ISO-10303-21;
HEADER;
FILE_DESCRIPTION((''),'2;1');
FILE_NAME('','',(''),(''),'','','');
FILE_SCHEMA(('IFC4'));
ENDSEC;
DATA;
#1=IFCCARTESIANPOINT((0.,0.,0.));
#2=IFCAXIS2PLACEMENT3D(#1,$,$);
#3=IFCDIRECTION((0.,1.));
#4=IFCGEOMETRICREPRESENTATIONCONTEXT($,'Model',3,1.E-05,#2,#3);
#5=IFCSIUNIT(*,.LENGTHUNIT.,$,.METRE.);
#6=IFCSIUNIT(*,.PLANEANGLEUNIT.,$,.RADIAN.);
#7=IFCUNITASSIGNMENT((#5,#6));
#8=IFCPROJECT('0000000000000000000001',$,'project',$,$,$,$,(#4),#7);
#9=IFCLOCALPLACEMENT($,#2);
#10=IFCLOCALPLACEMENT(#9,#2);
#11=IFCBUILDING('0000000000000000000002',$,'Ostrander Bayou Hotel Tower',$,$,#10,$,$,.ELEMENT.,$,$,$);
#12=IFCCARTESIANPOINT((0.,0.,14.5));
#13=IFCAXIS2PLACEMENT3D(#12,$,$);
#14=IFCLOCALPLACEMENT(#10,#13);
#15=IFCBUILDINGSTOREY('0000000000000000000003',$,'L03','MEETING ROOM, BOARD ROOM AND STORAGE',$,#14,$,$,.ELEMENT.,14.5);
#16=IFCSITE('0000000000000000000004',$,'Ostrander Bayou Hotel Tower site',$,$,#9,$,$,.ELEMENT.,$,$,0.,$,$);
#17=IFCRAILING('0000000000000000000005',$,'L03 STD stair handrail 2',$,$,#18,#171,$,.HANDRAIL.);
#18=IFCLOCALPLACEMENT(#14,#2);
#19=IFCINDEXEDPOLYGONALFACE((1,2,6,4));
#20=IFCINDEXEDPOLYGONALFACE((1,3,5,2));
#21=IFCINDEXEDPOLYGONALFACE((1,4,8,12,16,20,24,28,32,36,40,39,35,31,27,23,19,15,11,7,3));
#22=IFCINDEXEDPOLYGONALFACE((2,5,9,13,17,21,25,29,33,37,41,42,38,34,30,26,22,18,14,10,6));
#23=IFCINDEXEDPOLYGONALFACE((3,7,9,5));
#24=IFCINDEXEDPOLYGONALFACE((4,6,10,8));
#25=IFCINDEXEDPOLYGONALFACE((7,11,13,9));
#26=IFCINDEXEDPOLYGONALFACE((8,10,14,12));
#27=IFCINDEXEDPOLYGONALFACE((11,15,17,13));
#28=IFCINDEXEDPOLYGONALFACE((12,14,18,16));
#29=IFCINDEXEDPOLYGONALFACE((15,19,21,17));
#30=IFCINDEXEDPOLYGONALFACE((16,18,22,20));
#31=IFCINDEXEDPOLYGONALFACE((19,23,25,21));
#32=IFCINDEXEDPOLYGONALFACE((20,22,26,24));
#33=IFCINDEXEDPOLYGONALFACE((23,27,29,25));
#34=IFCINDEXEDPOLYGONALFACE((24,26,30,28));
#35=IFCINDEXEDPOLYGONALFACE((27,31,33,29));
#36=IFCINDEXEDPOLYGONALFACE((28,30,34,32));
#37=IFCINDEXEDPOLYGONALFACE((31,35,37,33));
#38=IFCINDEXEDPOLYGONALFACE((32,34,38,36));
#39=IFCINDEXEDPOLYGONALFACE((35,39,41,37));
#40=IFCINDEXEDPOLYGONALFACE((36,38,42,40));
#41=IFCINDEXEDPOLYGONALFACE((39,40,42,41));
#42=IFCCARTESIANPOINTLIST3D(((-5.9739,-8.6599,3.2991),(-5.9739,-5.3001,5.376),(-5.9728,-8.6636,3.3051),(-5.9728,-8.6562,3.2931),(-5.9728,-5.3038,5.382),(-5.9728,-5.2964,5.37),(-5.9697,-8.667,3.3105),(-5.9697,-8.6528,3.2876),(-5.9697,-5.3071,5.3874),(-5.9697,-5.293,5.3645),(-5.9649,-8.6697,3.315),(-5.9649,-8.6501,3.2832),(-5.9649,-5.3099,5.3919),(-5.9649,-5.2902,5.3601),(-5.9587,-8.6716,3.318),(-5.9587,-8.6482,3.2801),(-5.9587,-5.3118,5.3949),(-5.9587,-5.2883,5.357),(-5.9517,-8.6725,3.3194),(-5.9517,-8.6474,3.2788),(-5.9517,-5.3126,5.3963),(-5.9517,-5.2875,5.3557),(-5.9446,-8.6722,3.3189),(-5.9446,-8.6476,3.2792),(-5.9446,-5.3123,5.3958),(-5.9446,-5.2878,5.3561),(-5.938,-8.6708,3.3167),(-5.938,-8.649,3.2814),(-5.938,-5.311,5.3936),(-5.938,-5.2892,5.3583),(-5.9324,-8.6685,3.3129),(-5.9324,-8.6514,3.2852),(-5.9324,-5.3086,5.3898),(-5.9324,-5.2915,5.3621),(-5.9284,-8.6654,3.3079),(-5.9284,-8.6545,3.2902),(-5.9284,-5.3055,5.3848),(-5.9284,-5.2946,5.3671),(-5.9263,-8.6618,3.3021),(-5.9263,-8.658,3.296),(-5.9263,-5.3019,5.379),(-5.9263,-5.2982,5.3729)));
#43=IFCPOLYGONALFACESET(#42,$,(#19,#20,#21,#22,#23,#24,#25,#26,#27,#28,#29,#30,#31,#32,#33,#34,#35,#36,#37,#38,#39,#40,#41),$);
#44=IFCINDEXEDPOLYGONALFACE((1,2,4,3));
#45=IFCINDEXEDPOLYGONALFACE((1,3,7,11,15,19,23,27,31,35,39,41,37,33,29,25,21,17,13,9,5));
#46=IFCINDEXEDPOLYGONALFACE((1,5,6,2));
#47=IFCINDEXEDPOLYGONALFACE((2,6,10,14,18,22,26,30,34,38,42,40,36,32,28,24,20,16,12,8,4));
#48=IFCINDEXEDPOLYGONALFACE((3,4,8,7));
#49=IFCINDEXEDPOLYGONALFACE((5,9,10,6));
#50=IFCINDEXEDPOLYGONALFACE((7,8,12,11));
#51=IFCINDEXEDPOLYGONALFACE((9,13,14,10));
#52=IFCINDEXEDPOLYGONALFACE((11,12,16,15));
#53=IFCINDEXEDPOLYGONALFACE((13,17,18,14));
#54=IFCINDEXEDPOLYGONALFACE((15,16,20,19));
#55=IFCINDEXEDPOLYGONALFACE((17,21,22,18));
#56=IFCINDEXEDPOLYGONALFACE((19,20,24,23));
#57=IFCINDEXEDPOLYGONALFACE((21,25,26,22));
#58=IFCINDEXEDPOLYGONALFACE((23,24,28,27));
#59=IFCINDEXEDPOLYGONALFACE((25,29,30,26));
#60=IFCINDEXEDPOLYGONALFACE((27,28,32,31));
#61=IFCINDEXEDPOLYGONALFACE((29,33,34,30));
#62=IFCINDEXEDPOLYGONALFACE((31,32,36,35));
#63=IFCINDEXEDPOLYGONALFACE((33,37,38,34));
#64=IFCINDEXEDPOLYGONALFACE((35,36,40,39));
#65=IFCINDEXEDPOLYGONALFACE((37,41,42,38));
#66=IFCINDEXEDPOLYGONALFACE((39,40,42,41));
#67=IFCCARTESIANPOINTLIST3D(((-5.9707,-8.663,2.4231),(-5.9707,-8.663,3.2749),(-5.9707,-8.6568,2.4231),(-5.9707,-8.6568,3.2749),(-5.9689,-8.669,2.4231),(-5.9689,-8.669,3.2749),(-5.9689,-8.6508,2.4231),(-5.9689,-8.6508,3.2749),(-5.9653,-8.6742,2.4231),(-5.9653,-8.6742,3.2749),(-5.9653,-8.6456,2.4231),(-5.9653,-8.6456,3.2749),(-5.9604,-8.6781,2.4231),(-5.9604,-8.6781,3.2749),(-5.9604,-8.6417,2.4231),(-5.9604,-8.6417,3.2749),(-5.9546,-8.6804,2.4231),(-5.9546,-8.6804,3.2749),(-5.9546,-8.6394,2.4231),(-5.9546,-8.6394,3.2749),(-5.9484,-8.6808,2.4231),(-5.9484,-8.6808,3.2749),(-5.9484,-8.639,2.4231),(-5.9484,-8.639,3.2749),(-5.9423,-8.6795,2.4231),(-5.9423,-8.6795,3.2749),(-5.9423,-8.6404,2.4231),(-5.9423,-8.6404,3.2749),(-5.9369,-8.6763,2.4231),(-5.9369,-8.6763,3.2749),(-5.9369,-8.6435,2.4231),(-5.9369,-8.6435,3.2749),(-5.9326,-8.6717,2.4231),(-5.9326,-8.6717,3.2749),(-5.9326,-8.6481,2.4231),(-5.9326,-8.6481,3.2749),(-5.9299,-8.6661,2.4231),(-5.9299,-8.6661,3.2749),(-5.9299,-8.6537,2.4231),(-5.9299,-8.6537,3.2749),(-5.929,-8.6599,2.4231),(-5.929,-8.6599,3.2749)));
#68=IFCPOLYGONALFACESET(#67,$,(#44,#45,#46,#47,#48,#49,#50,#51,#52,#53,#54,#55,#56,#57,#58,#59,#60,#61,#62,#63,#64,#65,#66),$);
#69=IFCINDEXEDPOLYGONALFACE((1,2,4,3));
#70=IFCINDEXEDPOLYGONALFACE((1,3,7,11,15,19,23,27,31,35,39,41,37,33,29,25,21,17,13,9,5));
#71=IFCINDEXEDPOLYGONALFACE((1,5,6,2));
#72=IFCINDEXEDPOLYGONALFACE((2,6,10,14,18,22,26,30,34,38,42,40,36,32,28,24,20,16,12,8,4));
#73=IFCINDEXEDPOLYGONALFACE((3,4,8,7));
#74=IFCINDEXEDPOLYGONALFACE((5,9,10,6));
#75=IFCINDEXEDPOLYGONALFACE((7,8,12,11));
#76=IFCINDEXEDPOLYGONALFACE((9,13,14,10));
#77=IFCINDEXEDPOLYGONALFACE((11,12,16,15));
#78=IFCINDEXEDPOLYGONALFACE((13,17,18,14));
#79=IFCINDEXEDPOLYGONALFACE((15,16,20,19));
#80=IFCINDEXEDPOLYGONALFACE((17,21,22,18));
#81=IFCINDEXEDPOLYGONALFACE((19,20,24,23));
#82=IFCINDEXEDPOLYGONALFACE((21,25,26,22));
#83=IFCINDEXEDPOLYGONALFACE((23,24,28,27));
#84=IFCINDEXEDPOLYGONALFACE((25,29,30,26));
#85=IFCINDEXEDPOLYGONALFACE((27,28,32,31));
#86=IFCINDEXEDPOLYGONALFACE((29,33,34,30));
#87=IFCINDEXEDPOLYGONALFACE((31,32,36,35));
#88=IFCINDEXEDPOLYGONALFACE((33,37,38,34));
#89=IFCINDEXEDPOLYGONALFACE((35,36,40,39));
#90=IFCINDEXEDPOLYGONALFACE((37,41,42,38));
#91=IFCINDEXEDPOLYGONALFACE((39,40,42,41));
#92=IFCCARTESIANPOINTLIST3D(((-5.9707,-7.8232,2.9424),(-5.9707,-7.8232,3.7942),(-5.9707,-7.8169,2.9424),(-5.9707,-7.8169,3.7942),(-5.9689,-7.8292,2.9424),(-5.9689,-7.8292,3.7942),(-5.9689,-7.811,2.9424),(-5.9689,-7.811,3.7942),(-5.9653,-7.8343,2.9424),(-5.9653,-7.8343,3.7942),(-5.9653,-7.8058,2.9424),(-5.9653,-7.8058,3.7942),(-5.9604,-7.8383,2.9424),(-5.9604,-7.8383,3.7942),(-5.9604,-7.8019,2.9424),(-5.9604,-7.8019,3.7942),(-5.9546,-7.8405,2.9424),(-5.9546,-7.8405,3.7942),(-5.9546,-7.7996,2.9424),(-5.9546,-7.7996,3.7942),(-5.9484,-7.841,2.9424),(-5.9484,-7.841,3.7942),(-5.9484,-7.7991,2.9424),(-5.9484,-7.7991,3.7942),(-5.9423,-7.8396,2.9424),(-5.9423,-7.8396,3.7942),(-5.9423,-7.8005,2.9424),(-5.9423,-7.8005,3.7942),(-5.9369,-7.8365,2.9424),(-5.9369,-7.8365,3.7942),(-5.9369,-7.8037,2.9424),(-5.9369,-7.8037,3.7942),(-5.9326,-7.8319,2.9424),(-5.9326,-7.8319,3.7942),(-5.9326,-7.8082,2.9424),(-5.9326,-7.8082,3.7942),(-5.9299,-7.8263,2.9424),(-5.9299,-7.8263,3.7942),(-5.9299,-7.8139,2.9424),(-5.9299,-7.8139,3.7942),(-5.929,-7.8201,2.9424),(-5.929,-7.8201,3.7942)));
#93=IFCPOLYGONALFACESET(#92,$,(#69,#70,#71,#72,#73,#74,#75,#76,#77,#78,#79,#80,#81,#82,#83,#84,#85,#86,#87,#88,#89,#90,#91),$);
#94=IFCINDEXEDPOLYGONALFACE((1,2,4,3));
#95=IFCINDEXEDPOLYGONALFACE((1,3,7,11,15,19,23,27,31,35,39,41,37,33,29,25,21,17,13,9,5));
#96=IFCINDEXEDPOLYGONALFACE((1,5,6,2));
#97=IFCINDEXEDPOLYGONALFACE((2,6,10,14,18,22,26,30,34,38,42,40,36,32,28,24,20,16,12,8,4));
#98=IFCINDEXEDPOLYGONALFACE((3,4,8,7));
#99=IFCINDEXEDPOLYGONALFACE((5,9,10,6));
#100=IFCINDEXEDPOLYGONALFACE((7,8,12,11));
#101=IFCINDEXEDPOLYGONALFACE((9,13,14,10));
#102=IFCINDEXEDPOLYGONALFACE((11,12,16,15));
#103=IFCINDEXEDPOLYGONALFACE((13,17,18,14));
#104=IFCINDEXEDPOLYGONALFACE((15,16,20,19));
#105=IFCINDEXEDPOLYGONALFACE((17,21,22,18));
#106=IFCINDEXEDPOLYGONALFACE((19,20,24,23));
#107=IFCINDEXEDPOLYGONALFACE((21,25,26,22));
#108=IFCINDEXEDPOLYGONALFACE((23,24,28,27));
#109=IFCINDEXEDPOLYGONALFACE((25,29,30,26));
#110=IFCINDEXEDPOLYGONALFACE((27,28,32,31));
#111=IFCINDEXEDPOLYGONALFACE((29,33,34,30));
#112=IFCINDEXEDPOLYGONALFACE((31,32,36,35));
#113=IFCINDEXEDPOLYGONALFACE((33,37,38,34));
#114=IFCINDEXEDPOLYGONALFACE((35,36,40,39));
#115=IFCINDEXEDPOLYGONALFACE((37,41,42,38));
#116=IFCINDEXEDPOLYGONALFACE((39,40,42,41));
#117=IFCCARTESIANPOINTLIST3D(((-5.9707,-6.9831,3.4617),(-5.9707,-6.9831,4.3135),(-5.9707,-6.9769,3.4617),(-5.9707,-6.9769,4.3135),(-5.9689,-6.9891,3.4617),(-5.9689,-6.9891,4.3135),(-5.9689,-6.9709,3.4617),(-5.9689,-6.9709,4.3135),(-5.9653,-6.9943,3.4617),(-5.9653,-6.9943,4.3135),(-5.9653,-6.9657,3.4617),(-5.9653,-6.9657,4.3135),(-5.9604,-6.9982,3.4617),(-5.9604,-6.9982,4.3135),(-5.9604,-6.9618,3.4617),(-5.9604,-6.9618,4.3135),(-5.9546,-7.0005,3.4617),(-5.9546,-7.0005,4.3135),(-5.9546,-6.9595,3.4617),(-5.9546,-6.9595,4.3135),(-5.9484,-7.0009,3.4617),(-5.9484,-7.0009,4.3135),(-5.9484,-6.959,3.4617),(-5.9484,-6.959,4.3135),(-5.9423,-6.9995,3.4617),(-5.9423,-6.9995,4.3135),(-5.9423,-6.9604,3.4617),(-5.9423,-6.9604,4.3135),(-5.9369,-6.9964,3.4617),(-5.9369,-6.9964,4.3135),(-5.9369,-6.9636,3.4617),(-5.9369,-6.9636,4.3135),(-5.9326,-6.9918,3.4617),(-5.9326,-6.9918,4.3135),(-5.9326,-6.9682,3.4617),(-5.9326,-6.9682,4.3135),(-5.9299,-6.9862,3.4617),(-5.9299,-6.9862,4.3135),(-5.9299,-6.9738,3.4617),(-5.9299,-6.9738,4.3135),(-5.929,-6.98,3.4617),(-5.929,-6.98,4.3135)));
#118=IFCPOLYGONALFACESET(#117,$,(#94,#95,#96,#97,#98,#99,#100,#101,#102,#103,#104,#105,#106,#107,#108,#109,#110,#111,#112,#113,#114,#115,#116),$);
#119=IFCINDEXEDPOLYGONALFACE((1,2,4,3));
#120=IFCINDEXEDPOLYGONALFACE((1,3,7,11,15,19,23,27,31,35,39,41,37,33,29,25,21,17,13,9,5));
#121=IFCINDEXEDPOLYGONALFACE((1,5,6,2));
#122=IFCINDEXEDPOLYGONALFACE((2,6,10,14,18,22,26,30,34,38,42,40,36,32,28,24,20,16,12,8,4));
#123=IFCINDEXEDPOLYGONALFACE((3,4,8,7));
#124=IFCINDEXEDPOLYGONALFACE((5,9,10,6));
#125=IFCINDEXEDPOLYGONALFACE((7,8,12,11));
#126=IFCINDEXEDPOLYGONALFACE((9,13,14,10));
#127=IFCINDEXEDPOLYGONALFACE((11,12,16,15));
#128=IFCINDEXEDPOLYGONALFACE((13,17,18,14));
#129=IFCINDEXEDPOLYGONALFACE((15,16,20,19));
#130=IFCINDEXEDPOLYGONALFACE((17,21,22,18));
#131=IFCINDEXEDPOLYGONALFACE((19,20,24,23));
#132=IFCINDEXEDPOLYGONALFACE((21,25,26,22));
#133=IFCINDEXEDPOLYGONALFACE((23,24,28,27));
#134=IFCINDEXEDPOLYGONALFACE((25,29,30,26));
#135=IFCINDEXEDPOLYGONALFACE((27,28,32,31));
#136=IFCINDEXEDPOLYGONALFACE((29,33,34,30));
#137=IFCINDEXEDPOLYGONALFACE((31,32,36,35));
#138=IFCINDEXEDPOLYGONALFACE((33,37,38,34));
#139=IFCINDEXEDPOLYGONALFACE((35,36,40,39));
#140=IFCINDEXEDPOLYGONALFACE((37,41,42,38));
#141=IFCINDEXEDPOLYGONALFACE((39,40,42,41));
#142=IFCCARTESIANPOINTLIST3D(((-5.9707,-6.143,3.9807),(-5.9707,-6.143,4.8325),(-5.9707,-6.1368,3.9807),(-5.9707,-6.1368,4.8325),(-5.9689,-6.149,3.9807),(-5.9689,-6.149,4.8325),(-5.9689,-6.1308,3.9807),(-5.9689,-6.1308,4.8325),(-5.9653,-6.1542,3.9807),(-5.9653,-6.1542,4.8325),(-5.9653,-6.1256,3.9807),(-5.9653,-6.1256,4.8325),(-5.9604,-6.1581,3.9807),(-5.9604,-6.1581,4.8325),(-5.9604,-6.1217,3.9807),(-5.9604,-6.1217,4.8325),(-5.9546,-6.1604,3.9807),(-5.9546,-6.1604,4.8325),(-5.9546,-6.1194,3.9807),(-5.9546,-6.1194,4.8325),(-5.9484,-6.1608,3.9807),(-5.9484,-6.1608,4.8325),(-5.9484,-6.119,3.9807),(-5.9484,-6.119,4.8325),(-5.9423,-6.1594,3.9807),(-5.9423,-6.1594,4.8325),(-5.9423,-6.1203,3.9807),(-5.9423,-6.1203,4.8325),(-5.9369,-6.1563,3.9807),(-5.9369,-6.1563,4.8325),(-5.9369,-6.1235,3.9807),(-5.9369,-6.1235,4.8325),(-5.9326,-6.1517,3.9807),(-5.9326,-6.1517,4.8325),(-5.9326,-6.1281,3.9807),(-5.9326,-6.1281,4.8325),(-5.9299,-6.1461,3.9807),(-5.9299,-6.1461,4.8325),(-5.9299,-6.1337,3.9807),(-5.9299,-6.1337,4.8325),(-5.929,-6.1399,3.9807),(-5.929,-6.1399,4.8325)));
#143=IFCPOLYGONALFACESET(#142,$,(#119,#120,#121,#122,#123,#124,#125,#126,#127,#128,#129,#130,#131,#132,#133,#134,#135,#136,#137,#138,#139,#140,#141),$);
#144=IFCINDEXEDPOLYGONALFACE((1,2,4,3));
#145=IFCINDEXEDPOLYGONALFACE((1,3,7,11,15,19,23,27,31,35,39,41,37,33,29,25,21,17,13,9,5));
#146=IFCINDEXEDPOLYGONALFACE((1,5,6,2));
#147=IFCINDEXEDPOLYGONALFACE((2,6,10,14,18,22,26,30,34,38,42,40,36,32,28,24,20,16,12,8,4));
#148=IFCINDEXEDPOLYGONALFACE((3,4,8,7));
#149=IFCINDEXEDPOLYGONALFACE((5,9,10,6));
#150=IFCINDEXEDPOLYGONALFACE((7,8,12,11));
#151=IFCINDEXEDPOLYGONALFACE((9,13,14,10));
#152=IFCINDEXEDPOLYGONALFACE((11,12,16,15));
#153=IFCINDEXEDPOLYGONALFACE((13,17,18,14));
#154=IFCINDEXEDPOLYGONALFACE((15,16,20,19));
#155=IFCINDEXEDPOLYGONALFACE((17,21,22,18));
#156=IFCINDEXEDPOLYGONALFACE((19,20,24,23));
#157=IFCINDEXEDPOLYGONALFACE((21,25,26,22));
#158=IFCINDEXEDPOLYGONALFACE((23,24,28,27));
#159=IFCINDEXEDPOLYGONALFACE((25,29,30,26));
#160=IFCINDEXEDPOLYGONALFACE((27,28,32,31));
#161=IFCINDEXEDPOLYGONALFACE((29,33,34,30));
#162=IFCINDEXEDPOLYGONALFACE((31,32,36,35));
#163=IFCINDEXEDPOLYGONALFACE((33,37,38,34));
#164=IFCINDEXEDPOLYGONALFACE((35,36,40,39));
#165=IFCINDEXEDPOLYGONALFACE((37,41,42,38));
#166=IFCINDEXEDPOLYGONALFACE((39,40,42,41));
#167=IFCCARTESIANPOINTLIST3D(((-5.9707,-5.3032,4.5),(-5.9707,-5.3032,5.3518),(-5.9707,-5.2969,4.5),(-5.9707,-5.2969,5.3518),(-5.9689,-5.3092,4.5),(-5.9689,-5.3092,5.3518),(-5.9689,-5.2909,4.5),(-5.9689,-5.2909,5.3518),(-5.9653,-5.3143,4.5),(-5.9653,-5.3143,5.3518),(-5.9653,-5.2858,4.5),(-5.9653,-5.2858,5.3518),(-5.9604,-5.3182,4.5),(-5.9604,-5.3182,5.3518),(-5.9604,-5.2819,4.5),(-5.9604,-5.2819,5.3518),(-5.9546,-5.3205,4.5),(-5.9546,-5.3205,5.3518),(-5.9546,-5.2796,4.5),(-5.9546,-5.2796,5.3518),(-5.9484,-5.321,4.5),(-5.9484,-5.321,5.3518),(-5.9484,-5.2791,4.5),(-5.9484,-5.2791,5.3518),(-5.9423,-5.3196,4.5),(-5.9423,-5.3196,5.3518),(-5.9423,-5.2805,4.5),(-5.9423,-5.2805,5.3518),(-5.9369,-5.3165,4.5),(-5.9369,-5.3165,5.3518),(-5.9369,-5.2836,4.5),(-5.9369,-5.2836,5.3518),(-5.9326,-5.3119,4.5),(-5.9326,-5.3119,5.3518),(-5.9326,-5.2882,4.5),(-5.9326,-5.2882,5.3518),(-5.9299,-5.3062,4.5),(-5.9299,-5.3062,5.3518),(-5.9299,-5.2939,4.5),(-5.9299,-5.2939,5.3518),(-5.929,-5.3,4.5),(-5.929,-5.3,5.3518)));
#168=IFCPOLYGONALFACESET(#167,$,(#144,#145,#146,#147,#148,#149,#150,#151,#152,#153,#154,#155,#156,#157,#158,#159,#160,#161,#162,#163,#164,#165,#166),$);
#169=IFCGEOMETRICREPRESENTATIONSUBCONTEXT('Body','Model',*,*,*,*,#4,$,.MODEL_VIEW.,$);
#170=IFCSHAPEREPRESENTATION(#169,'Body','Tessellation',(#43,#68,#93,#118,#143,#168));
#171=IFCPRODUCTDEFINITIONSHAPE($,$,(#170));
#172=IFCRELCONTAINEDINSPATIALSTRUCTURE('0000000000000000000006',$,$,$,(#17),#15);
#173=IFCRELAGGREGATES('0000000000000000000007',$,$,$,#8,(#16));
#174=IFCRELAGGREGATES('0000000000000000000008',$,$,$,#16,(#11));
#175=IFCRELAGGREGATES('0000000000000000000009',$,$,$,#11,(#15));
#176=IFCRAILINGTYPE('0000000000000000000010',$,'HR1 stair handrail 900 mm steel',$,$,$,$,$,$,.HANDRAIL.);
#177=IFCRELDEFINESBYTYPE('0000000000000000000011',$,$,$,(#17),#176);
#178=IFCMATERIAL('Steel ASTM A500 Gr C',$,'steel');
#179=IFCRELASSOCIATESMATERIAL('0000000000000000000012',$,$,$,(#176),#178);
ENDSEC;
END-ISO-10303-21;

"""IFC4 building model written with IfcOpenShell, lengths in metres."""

from ifc_helpers import new_model, si_unit, direction, frame, origin, origin_2d, place, context, subcontext, project, spatial, circle, extrude, material, type_object, element, save


model = new_model("IFC4")

# Units and contexts
model_context = context("Model", 3, precision=1e-05, world=origin(), true_north=direction((0.0, 1.0)))
body_context = subcontext(model_context, "Body", "Model", "MODEL_VIEW")
ifc_project = project(units=[si_unit("LENGTHUNIT", "METRE"), si_unit("PLANEANGLEUNIT", "RADIAN")], contexts=[model_context])

# Site, building, storey
site_placement = place(None, origin())
site = spatial("IfcSite", under=ifc_project, at=site_placement, Name="Ostrander Bayou Hotel Tower site", CompositionType="ELEMENT", RefElevation=0.0)
building_placement = place(site_placement, origin())
building = spatial("IfcBuilding", under=site, at=building_placement, Name="Ostrander Bayou Hotel Tower", CompositionType="ELEMENT")
storey_placement = place(building_placement, frame((0.0, 0.0, 14.5)))
storey = spatial("IfcBuildingStorey", under=building, at=storey_placement, Name="L03", Description="MEETING ROOM, BOARD ROOM AND STORAGE", CompositionType="ELEMENT", Elevation=14.5)

# Railing
ifc_material_1 = material(Name="Steel ASTM A500 Gr C", Category="steel")
railing_type_1 = type_object("IfcRailingType", Name="HR1 stair handrail 900 mm steel", PredefinedType="HANDRAIL", material=ifc_material_1)
railing_1_placement = place(storey_placement, frame((-5.95, -8.6599, 2.4231)))
element("IfcRailing", 1, at=railing_1_placement, inside=storey, type_object=railing_type_1, Name="L03 STD stair handrail 2", PredefinedType="HANDRAIL", context=body_context, shape_type="SweptSolid", body=[
    extrude(circle(Radius=0.0239, at=origin_2d()), frame((0.0, 0.0, 0.876), z_axis=(0.0, 0.850606, 0.525803), x_axis=(-1.0, 0.0, 0.0)), (0.0, 0.0, 1.0), 3.95),
    extrude(circle(Radius=0.021, at=origin_2d()), origin(), (0.0, 0.0, 1.0), 0.8518),
    extrude(circle(Radius=0.021, at=origin_2d()), frame((0.0, 0.8398, 0.5193)), (0.0, 0.0, 1.0), 0.8518),
    extrude(circle(Radius=0.021, at=origin_2d()), frame((0.0, 1.6799, 1.0386)), (0.0, 0.0, 1.0), 0.8518),
    extrude(circle(Radius=0.021, at=origin_2d()), frame((0.0, 2.52, 1.5576)), (0.0, 0.0, 1.0), 0.8518),
    extrude(circle(Radius=0.021, at=origin_2d()), frame((0.0, 3.3599, 2.0769)), (0.0, 0.0, 1.0), 0.8518),
])

save(model, "model.ifc")
